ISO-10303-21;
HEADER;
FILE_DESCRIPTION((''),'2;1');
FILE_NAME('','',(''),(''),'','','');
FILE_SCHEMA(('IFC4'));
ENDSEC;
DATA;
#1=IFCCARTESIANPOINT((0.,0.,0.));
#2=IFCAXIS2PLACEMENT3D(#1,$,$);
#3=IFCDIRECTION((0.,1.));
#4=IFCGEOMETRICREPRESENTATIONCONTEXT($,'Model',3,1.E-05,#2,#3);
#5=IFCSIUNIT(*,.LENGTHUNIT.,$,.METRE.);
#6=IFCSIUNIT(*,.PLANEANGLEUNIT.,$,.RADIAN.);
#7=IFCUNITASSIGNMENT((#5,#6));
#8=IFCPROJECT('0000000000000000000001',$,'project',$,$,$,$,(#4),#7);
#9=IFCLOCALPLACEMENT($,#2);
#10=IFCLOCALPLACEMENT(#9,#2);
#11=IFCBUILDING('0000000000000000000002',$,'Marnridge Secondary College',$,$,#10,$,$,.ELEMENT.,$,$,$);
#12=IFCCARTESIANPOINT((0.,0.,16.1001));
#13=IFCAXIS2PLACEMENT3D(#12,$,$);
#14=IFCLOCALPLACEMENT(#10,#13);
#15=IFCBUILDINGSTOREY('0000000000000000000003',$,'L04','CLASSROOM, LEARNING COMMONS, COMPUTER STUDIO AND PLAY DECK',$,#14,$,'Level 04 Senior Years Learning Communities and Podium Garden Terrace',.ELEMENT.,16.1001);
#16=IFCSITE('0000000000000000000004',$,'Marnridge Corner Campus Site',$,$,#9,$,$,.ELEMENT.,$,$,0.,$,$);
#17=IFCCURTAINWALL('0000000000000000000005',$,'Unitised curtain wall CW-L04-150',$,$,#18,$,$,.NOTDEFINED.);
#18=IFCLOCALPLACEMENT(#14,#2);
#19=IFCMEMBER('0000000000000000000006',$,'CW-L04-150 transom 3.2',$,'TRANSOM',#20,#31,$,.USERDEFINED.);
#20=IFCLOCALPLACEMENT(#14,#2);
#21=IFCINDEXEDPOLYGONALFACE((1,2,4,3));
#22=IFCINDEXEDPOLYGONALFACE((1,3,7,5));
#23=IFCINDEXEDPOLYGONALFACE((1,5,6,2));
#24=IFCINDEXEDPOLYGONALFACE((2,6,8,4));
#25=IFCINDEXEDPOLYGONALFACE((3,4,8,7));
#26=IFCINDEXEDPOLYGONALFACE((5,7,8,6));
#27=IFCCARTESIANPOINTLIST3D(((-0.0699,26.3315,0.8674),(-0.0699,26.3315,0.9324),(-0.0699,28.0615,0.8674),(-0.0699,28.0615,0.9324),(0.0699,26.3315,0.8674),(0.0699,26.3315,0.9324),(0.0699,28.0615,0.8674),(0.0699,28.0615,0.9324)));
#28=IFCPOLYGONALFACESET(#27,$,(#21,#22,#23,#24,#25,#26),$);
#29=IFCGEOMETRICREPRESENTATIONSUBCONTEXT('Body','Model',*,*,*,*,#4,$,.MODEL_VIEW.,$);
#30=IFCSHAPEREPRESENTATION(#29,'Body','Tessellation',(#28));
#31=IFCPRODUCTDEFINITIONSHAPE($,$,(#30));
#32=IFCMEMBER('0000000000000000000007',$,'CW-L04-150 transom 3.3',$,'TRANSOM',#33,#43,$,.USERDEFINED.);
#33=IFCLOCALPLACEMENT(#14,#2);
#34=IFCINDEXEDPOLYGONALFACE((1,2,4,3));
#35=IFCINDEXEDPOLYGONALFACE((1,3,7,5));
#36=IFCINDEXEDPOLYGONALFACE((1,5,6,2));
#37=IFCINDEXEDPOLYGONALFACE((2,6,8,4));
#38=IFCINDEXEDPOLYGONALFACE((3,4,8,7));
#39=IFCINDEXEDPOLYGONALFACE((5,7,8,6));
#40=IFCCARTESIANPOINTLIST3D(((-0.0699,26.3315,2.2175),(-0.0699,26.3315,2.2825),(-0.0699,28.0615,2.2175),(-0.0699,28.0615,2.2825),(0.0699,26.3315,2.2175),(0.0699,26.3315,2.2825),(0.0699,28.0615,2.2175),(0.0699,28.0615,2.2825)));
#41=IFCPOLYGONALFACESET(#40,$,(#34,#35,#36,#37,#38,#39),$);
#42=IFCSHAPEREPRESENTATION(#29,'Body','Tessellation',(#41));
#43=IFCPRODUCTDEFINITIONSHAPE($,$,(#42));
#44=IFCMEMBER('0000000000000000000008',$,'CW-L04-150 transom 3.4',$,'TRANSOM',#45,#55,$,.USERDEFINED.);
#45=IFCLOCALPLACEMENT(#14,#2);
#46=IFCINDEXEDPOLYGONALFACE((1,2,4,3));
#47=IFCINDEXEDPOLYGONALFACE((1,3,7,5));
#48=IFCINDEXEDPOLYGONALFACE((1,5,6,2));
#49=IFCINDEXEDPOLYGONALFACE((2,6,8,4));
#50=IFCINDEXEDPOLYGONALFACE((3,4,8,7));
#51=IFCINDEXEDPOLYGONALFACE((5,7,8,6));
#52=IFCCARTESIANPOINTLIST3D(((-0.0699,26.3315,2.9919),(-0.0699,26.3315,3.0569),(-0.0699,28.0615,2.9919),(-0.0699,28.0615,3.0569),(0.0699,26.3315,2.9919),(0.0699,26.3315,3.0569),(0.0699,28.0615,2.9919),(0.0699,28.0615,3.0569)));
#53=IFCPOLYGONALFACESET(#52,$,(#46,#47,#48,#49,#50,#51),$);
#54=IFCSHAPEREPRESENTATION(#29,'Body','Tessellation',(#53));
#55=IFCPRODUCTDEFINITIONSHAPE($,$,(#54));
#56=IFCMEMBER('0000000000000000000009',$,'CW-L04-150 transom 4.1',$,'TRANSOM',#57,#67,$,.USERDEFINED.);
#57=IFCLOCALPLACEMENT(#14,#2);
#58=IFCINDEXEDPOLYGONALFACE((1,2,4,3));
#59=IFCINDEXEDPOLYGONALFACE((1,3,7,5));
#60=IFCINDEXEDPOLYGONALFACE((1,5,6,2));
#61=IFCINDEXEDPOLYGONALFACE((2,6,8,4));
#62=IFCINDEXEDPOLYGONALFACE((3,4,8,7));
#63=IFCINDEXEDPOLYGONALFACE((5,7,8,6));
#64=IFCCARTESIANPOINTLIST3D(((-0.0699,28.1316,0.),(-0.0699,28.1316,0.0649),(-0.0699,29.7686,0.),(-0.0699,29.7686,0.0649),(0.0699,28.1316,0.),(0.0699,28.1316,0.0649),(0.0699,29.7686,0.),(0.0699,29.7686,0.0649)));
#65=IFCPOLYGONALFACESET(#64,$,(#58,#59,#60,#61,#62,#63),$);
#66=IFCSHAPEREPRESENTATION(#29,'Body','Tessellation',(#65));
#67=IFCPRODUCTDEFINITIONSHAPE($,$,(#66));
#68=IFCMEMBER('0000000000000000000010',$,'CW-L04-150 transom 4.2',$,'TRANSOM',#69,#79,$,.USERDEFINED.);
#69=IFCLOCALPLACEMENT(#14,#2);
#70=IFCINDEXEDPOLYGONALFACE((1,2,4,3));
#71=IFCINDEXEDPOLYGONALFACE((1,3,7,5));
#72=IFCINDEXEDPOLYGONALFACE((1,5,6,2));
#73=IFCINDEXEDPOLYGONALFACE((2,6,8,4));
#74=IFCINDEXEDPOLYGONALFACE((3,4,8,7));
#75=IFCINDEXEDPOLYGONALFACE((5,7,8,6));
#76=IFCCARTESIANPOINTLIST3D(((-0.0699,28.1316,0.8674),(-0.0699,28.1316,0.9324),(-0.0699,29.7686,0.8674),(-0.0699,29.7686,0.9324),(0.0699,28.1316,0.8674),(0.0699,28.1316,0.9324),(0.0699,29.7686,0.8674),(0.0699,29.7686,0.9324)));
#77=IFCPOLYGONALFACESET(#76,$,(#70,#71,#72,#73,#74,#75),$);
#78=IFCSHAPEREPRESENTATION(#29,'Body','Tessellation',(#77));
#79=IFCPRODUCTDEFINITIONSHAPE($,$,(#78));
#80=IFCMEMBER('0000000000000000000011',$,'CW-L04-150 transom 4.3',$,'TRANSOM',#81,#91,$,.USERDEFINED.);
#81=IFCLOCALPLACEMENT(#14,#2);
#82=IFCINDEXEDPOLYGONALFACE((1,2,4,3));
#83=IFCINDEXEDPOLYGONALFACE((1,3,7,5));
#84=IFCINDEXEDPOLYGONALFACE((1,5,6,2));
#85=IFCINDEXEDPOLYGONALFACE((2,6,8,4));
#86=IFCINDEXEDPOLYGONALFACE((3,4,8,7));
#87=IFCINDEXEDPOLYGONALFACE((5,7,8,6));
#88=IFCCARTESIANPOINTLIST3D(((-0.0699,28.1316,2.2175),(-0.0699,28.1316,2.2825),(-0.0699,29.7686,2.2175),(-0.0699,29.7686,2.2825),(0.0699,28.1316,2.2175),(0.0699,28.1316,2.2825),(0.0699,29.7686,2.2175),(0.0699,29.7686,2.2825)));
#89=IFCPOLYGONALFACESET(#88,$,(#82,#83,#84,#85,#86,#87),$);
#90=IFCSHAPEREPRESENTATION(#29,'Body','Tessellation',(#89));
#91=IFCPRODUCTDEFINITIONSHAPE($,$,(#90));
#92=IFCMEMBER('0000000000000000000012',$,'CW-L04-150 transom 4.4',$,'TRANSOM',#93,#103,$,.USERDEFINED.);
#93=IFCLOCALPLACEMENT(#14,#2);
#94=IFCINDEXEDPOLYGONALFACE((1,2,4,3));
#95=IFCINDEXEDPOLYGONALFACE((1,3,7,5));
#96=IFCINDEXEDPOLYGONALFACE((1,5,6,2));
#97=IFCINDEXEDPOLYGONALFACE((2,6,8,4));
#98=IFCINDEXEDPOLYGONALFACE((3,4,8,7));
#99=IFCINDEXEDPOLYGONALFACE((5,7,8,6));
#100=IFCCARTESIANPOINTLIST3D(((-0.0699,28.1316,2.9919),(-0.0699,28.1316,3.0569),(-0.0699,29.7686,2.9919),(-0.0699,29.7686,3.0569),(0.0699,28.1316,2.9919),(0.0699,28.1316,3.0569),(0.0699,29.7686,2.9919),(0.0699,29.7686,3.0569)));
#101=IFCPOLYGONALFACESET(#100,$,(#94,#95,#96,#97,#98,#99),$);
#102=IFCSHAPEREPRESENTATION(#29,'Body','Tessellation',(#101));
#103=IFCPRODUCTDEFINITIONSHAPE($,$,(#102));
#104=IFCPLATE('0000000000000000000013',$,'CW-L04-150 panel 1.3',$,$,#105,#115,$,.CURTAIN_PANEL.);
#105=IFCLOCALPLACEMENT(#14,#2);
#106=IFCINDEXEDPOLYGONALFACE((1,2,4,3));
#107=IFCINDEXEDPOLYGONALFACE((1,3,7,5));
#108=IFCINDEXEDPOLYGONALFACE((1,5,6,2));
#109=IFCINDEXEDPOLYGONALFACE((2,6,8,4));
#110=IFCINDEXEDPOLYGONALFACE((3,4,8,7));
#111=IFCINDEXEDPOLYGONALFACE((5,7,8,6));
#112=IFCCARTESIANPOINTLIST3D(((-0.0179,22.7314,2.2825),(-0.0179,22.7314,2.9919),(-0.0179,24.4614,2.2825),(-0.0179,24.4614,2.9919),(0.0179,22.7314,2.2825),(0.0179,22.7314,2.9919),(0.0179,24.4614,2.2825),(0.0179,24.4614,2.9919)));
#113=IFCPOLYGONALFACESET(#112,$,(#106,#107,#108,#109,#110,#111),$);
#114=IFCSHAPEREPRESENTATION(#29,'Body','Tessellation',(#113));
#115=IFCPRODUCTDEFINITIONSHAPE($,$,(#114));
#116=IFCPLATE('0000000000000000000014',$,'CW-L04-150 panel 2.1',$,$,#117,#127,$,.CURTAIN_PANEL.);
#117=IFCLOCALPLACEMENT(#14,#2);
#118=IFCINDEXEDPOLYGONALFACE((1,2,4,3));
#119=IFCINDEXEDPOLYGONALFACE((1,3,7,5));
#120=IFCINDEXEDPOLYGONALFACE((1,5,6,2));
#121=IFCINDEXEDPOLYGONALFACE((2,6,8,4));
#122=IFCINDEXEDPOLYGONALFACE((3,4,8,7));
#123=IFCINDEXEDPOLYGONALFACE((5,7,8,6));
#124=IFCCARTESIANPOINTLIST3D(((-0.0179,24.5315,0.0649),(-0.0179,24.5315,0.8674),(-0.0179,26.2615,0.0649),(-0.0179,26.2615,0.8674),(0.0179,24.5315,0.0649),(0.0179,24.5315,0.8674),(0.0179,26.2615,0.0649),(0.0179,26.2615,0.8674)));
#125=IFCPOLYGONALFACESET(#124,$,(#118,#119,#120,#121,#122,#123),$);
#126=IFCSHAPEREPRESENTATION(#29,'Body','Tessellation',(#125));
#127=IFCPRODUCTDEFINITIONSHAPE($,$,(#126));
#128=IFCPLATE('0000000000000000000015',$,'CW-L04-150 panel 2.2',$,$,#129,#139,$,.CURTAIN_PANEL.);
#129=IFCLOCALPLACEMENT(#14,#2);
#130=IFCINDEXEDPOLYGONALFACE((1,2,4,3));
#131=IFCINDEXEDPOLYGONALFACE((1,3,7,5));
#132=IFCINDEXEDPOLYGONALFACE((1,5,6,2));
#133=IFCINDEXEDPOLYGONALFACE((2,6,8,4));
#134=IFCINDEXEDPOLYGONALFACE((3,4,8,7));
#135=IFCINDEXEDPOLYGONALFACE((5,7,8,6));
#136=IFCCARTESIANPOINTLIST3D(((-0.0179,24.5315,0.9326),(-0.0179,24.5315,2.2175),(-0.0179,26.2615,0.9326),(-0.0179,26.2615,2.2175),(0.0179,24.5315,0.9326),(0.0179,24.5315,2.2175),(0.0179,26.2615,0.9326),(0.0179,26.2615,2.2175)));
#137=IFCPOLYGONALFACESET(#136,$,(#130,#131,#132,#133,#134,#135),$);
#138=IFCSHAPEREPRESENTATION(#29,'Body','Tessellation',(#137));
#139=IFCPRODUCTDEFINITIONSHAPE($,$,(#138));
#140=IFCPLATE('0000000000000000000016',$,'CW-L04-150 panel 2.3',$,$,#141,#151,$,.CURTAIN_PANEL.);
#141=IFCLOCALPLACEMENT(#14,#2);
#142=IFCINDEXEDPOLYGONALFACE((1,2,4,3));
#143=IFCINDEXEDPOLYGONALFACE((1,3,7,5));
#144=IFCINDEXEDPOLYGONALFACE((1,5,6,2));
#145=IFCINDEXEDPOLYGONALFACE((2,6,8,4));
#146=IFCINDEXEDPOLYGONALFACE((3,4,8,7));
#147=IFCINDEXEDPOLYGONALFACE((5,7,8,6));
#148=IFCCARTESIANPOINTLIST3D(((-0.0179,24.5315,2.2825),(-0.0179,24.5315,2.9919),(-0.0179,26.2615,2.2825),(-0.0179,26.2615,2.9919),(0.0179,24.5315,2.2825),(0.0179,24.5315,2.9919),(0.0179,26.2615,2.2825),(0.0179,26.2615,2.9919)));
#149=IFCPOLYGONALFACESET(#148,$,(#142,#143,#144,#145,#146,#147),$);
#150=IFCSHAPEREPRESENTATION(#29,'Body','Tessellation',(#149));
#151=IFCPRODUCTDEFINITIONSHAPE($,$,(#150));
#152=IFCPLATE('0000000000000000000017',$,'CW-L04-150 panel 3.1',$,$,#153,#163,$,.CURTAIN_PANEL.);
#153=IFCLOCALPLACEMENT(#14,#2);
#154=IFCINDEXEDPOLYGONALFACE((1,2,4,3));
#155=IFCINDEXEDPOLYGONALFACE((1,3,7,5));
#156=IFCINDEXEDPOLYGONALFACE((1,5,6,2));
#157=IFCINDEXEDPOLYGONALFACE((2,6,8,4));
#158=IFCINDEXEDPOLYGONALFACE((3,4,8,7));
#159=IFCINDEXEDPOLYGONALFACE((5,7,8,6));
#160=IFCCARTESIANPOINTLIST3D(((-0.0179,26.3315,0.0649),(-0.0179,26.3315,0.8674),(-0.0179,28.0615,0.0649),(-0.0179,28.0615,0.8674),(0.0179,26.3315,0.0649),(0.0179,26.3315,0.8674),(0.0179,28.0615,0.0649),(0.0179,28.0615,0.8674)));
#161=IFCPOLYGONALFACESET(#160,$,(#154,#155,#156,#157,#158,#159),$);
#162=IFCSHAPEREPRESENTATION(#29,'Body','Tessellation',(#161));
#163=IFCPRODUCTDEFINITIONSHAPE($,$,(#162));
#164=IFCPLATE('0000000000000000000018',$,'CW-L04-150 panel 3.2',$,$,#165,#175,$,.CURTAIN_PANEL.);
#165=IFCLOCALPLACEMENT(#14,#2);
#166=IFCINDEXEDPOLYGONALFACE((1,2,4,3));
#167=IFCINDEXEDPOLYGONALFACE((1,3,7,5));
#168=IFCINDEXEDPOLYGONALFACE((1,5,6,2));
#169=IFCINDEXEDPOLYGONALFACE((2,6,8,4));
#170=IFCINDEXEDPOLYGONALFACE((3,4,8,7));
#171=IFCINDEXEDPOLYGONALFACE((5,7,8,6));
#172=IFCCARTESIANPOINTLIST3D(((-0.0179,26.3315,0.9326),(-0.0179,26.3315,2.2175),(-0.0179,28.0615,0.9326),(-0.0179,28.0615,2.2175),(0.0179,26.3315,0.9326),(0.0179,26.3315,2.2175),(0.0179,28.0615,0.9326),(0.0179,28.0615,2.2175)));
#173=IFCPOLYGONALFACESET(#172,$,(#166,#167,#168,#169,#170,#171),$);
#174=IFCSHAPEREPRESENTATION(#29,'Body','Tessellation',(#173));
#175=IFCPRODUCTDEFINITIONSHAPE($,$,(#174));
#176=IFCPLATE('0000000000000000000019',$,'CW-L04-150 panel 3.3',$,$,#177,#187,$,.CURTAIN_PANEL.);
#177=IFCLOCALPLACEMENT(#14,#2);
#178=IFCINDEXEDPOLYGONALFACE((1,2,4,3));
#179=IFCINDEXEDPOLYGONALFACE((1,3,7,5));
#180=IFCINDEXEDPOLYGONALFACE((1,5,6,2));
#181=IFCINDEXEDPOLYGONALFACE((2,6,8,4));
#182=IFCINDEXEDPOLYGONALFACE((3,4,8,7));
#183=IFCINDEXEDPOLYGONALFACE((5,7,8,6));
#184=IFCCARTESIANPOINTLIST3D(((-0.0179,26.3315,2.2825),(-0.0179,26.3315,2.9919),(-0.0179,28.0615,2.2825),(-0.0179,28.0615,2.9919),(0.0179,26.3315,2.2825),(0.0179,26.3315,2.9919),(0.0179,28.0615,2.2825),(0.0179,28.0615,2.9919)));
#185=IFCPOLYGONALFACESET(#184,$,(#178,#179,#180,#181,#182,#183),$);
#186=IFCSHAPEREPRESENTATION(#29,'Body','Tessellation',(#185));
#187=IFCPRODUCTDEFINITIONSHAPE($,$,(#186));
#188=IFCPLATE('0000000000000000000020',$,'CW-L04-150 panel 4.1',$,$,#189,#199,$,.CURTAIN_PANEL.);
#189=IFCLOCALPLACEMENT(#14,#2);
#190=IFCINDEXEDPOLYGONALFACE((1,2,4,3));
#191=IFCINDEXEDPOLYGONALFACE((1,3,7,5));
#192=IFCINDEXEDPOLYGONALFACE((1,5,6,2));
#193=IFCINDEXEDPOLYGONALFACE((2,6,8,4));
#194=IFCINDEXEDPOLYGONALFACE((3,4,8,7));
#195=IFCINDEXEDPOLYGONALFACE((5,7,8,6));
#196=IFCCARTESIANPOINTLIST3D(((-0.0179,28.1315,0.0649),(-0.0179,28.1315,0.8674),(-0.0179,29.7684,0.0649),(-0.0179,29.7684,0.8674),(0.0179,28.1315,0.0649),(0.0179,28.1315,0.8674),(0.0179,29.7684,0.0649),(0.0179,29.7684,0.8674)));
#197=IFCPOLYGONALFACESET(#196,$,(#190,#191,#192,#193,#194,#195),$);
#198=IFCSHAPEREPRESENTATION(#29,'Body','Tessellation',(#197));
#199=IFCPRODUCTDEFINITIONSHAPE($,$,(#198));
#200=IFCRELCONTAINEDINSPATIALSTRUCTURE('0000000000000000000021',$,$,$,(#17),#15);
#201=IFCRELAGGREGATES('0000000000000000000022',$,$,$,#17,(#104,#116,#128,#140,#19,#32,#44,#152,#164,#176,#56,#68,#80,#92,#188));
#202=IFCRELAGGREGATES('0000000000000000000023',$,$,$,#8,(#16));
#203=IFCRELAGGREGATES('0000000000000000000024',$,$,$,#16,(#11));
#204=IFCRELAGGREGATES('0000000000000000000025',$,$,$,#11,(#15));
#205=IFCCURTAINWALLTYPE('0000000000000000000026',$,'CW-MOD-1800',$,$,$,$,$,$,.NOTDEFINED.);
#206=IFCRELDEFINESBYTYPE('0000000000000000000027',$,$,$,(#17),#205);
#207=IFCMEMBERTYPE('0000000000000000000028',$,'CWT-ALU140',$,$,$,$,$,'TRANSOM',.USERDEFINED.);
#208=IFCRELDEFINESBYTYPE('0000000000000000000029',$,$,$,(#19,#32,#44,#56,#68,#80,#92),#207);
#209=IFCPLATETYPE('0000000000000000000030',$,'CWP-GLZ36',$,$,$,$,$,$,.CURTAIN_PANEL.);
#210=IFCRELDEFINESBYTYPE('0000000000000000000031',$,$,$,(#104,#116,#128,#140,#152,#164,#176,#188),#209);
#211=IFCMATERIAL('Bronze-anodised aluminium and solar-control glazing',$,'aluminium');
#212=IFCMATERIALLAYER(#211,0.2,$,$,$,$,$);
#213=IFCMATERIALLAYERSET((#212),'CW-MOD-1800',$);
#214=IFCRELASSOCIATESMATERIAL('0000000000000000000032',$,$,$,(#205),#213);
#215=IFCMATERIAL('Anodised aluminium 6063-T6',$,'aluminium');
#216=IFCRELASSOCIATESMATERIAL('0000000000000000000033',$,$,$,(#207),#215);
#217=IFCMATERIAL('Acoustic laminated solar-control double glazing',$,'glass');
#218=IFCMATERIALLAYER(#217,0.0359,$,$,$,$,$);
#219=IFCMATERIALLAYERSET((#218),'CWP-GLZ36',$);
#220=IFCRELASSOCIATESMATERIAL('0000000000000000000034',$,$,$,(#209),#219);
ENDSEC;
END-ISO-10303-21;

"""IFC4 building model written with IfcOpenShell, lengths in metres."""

from ifc_helpers import new_model, si_unit, direction, frame, origin, origin_2d, place, context, subcontext, project, spatial, rectangle, extrude, material, layer, layer_set, material_profile, profile_set, type_object, element, aggregate, save


model = new_model("IFC4")

# Units and contexts
model_context = context("Model", 3, precision=1e-05, world=origin(), true_north=direction((0.0, 1.0)))
body_context = subcontext(model_context, "Body", "Model", "MODEL_VIEW")
ifc_project = project(units=[si_unit("LENGTHUNIT", "METRE"), si_unit("PLANEANGLEUNIT", "RADIAN")], contexts=[model_context])

# Site, building, storey
site_placement = place(None, origin())
site = spatial("IfcSite", under=ifc_project, at=site_placement, Name="Marnridge Corner Campus Site", CompositionType="ELEMENT", RefElevation=0.0)
building_placement = place(site_placement, origin())
building = spatial("IfcBuilding", under=site, at=building_placement, Name="Marnridge Secondary College", CompositionType="ELEMENT")
storey_placement = place(building_placement, frame((0.0, 0.0, 16.1001)))
storey = spatial("IfcBuildingStorey", under=building, at=storey_placement, Name="L04", Description="CLASSROOM, LEARNING COMMONS, COMPUTER STUDIO AND PLAY DECK", LongName="Level 04 Senior Years Learning Communities and Podium Garden Terrace", CompositionType="ELEMENT", Elevation=16.1001)

# Curtain wall, members, plates
ifc_material_1 = material(Name="Bronze-anodised aluminium and solar-control glazing", Category="aluminium")
ifc_layer_1 = layer(ifc_material_1, 0.2)
ifc_layer_set_1 = layer_set([ifc_layer_1], Name="CW-MOD-1800")
curtain_wall_type = type_object("IfcCurtainWallType", Name="CW-MOD-1800", PredefinedType="NOTDEFINED", material=ifc_layer_set_1)
curtain_wall_placement = place(storey_placement, origin())
curtain_wall = element("IfcCurtainWall", 1, at=curtain_wall_placement, inside=storey, type_object=curtain_wall_type, Name="Unitised curtain wall CW-L04-150", PredefinedType="NOTDEFINED")
ifc_material_2 = material(Name="Anodised aluminium 6063-T6", Category="aluminium")
ifc_material_profile_1 = material_profile(ifc_material_2, rectangle(XDim=0.0649, YDim=0.1399, at=origin_2d()), Name="ALU 65x140")
ifc_profile_set_1 = profile_set([ifc_material_profile_1], Name="Anodised aluminium 6063-T6")
member_type_1 = type_object("IfcMemberType", Name="CWT-ALU140", ElementType="TRANSOM", PredefinedType="USERDEFINED", material=ifc_profile_set_1)
member_1_placement = place(storey_placement, frame((0.0, 26.3315, 0.8999), z_axis=(0.0, 1.0, 0.0), x_axis=(0.0, 0.0, 1.0)))
member_1 = element("IfcMember", 2, at=member_1_placement, type_object=member_type_1, Name="CW-L04-150 transom 3.2", ObjectType="TRANSOM", PredefinedType="USERDEFINED", context=body_context, shape_type="SweptSolid", body=[
    extrude(rectangle(XDim=0.0649, YDim=0.1399, at=origin_2d()), origin(), (0.0, 0.0, 1.0), 1.73),
])
member_2_placement = place(storey_placement, frame((0.0, 26.3315, 2.25), z_axis=(0.0, 1.0, 0.0), x_axis=(0.0, 0.0, 1.0)))
member_2 = element("IfcMember", 3, at=member_2_placement, type_object=member_type_1, Name="CW-L04-150 transom 3.3", ObjectType="TRANSOM", PredefinedType="USERDEFINED", context=body_context, shape_type="SweptSolid", body=[
    extrude(rectangle(XDim=0.0649, YDim=0.1399, at=origin_2d()), origin(), (0.0, 0.0, 1.0), 1.73),
])
member_3_placement = place(storey_placement, frame((0.0, 26.3315, 3.0244), z_axis=(0.0, 1.0, 0.0), x_axis=(0.0, 0.0, 1.0)))
member_3 = element("IfcMember", 4, at=member_3_placement, type_object=member_type_1, Name="CW-L04-150 transom 3.4", ObjectType="TRANSOM", PredefinedType="USERDEFINED", context=body_context, shape_type="SweptSolid", body=[
    extrude(rectangle(XDim=0.0649, YDim=0.1399, at=origin_2d()), origin(), (0.0, 0.0, 1.0), 1.73),
])
member_4_placement = place(storey_placement, frame((0.0, 28.1316, 0.0325), z_axis=(0.0, 1.0, 0.0), x_axis=(0.0, 0.0, 1.0)))
member_4 = element("IfcMember", 5, at=member_4_placement, type_object=member_type_1, Name="CW-L04-150 transom 4.1", ObjectType="TRANSOM", PredefinedType="USERDEFINED", context=body_context, shape_type="SweptSolid", body=[
    extrude(rectangle(XDim=0.0649, YDim=0.1399, at=origin_2d()), origin(), (0.0, 0.0, 1.0), 1.637),
])
member_5_placement = place(storey_placement, frame((0.0, 28.1316, 0.8999), z_axis=(0.0, 1.0, 0.0), x_axis=(0.0, 0.0, 1.0)))
member_5 = element("IfcMember", 6, at=member_5_placement, type_object=member_type_1, Name="CW-L04-150 transom 4.2", ObjectType="TRANSOM", PredefinedType="USERDEFINED", context=body_context, shape_type="SweptSolid", body=[
    extrude(rectangle(XDim=0.0649, YDim=0.1399, at=origin_2d()), origin(), (0.0, 0.0, 1.0), 1.637),
])
member_6_placement = place(storey_placement, frame((0.0, 28.1316, 2.25), z_axis=(0.0, 1.0, 0.0), x_axis=(0.0, 0.0, 1.0)))
member_6 = element("IfcMember", 7, at=member_6_placement, type_object=member_type_1, Name="CW-L04-150 transom 4.3", ObjectType="TRANSOM", PredefinedType="USERDEFINED", context=body_context, shape_type="SweptSolid", body=[
    extrude(rectangle(XDim=0.0649, YDim=0.1399, at=origin_2d()), origin(), (0.0, 0.0, 1.0), 1.637),
])
member_7_placement = place(storey_placement, frame((0.0, 28.1316, 3.0244), z_axis=(0.0, 1.0, 0.0), x_axis=(0.0, 0.0, 1.0)))
member_7 = element("IfcMember", 8, at=member_7_placement, type_object=member_type_1, Name="CW-L04-150 transom 4.4", ObjectType="TRANSOM", PredefinedType="USERDEFINED", context=body_context, shape_type="SweptSolid", body=[
    extrude(rectangle(XDim=0.0649, YDim=0.1399, at=origin_2d()), origin(), (0.0, 0.0, 1.0), 1.637),
])
ifc_material_3 = material(Name="Acoustic laminated solar-control double glazing", Category="glass")
ifc_layer_2 = layer(ifc_material_3, 0.0359)
ifc_layer_set_2 = layer_set([ifc_layer_2], Name="CWP-GLZ36")
plate_type = type_object("IfcPlateType", Name="CWP-GLZ36", PredefinedType="CURTAIN_PANEL", material=ifc_layer_set_2)
plate_1_placement = place(storey_placement, frame((0.0, 23.5964, 2.2825), z_axis=(0.0, 0.0, 1.0), x_axis=(0.0, 1.0, 0.0)))
plate_1 = element("IfcPlate", 9, at=plate_1_placement, type_object=plate_type, Name="CW-L04-150 panel 1.3", PredefinedType="CURTAIN_PANEL", context=body_context, shape_type="SweptSolid", body=[
    extrude(rectangle(XDim=1.73, YDim=0.0359, at=origin_2d()), origin(), (0.0, 0.0, 1.0), 0.7095),
])
plate_2_placement = place(storey_placement, frame((0.0, 25.3965, 0.0649), z_axis=(0.0, 0.0, 1.0), x_axis=(0.0, 1.0, 0.0)))
plate_2 = element("IfcPlate", 10, at=plate_2_placement, type_object=plate_type, Name="CW-L04-150 panel 2.1", PredefinedType="CURTAIN_PANEL", context=body_context, shape_type="SweptSolid", body=[
    extrude(rectangle(XDim=1.73, YDim=0.0359, at=origin_2d()), origin(), (0.0, 0.0, 1.0), 0.8025),
])
plate_3_placement = place(storey_placement, frame((0.0, 25.3965, 0.9326), z_axis=(0.0, 0.0, 1.0), x_axis=(0.0, 1.0, 0.0)))
plate_3 = element("IfcPlate", 11, at=plate_3_placement, type_object=plate_type, Name="CW-L04-150 panel 2.2", PredefinedType="CURTAIN_PANEL", context=body_context, shape_type="SweptSolid", body=[
    extrude(rectangle(XDim=1.73, YDim=0.0359, at=origin_2d()), origin(), (0.0, 0.0, 1.0), 1.2849),
])
plate_4_placement = place(storey_placement, frame((0.0, 25.3965, 2.2825), z_axis=(0.0, 0.0, 1.0), x_axis=(0.0, 1.0, 0.0)))
plate_4 = element("IfcPlate", 12, at=plate_4_placement, type_object=plate_type, Name="CW-L04-150 panel 2.3", PredefinedType="CURTAIN_PANEL", context=body_context, shape_type="SweptSolid", body=[
    extrude(rectangle(XDim=1.73, YDim=0.0359, at=origin_2d()), origin(), (0.0, 0.0, 1.0), 0.7095),
])
plate_5_placement = place(storey_placement, frame((0.0, 27.1965, 0.0649), z_axis=(0.0, 0.0, 1.0), x_axis=(0.0, 1.0, 0.0)))
plate_5 = element("IfcPlate", 13, at=plate_5_placement, type_object=plate_type, Name="CW-L04-150 panel 3.1", PredefinedType="CURTAIN_PANEL", context=body_context, shape_type="SweptSolid", body=[
    extrude(rectangle(XDim=1.73, YDim=0.0359, at=origin_2d()), origin(), (0.0, 0.0, 1.0), 0.8025),
])
plate_6_placement = place(storey_placement, frame((0.0, 27.1965, 0.9326), z_axis=(0.0, 0.0, 1.0), x_axis=(0.0, 1.0, 0.0)))
plate_6 = element("IfcPlate", 14, at=plate_6_placement, type_object=plate_type, Name="CW-L04-150 panel 3.2", PredefinedType="CURTAIN_PANEL", context=body_context, shape_type="SweptSolid", body=[
    extrude(rectangle(XDim=1.73, YDim=0.0359, at=origin_2d()), origin(), (0.0, 0.0, 1.0), 1.2849),
])
plate_7_placement = place(storey_placement, frame((0.0, 27.1965, 2.2825), z_axis=(0.0, 0.0, 1.0), x_axis=(0.0, 1.0, 0.0)))
plate_7 = element("IfcPlate", 15, at=plate_7_placement, type_object=plate_type, Name="CW-L04-150 panel 3.3", PredefinedType="CURTAIN_PANEL", context=body_context, shape_type="SweptSolid", body=[
    extrude(rectangle(XDim=1.73, YDim=0.0359, at=origin_2d()), origin(), (0.0, 0.0, 1.0), 0.7095),
])
plate_8_placement = place(storey_placement, frame((0.0, 28.95, 0.0649), z_axis=(0.0, 0.0, 1.0), x_axis=(0.0, 1.0, 0.0)))
plate_8 = element("IfcPlate", 16, at=plate_8_placement, type_object=plate_type, Name="CW-L04-150 panel 4.1", PredefinedType="CURTAIN_PANEL", context=body_context, shape_type="SweptSolid", body=[
    extrude(rectangle(XDim=1.637, YDim=0.0359, at=origin_2d()), origin(), (0.0, 0.0, 1.0), 0.8025),
])
aggregate(curtain_wall, [plate_1, plate_2, plate_3, plate_4, member_1, member_2, member_3, plate_5, plate_6, plate_7, member_4, member_5, member_6, member_7, plate_8])

save(model, "model.ifc")
